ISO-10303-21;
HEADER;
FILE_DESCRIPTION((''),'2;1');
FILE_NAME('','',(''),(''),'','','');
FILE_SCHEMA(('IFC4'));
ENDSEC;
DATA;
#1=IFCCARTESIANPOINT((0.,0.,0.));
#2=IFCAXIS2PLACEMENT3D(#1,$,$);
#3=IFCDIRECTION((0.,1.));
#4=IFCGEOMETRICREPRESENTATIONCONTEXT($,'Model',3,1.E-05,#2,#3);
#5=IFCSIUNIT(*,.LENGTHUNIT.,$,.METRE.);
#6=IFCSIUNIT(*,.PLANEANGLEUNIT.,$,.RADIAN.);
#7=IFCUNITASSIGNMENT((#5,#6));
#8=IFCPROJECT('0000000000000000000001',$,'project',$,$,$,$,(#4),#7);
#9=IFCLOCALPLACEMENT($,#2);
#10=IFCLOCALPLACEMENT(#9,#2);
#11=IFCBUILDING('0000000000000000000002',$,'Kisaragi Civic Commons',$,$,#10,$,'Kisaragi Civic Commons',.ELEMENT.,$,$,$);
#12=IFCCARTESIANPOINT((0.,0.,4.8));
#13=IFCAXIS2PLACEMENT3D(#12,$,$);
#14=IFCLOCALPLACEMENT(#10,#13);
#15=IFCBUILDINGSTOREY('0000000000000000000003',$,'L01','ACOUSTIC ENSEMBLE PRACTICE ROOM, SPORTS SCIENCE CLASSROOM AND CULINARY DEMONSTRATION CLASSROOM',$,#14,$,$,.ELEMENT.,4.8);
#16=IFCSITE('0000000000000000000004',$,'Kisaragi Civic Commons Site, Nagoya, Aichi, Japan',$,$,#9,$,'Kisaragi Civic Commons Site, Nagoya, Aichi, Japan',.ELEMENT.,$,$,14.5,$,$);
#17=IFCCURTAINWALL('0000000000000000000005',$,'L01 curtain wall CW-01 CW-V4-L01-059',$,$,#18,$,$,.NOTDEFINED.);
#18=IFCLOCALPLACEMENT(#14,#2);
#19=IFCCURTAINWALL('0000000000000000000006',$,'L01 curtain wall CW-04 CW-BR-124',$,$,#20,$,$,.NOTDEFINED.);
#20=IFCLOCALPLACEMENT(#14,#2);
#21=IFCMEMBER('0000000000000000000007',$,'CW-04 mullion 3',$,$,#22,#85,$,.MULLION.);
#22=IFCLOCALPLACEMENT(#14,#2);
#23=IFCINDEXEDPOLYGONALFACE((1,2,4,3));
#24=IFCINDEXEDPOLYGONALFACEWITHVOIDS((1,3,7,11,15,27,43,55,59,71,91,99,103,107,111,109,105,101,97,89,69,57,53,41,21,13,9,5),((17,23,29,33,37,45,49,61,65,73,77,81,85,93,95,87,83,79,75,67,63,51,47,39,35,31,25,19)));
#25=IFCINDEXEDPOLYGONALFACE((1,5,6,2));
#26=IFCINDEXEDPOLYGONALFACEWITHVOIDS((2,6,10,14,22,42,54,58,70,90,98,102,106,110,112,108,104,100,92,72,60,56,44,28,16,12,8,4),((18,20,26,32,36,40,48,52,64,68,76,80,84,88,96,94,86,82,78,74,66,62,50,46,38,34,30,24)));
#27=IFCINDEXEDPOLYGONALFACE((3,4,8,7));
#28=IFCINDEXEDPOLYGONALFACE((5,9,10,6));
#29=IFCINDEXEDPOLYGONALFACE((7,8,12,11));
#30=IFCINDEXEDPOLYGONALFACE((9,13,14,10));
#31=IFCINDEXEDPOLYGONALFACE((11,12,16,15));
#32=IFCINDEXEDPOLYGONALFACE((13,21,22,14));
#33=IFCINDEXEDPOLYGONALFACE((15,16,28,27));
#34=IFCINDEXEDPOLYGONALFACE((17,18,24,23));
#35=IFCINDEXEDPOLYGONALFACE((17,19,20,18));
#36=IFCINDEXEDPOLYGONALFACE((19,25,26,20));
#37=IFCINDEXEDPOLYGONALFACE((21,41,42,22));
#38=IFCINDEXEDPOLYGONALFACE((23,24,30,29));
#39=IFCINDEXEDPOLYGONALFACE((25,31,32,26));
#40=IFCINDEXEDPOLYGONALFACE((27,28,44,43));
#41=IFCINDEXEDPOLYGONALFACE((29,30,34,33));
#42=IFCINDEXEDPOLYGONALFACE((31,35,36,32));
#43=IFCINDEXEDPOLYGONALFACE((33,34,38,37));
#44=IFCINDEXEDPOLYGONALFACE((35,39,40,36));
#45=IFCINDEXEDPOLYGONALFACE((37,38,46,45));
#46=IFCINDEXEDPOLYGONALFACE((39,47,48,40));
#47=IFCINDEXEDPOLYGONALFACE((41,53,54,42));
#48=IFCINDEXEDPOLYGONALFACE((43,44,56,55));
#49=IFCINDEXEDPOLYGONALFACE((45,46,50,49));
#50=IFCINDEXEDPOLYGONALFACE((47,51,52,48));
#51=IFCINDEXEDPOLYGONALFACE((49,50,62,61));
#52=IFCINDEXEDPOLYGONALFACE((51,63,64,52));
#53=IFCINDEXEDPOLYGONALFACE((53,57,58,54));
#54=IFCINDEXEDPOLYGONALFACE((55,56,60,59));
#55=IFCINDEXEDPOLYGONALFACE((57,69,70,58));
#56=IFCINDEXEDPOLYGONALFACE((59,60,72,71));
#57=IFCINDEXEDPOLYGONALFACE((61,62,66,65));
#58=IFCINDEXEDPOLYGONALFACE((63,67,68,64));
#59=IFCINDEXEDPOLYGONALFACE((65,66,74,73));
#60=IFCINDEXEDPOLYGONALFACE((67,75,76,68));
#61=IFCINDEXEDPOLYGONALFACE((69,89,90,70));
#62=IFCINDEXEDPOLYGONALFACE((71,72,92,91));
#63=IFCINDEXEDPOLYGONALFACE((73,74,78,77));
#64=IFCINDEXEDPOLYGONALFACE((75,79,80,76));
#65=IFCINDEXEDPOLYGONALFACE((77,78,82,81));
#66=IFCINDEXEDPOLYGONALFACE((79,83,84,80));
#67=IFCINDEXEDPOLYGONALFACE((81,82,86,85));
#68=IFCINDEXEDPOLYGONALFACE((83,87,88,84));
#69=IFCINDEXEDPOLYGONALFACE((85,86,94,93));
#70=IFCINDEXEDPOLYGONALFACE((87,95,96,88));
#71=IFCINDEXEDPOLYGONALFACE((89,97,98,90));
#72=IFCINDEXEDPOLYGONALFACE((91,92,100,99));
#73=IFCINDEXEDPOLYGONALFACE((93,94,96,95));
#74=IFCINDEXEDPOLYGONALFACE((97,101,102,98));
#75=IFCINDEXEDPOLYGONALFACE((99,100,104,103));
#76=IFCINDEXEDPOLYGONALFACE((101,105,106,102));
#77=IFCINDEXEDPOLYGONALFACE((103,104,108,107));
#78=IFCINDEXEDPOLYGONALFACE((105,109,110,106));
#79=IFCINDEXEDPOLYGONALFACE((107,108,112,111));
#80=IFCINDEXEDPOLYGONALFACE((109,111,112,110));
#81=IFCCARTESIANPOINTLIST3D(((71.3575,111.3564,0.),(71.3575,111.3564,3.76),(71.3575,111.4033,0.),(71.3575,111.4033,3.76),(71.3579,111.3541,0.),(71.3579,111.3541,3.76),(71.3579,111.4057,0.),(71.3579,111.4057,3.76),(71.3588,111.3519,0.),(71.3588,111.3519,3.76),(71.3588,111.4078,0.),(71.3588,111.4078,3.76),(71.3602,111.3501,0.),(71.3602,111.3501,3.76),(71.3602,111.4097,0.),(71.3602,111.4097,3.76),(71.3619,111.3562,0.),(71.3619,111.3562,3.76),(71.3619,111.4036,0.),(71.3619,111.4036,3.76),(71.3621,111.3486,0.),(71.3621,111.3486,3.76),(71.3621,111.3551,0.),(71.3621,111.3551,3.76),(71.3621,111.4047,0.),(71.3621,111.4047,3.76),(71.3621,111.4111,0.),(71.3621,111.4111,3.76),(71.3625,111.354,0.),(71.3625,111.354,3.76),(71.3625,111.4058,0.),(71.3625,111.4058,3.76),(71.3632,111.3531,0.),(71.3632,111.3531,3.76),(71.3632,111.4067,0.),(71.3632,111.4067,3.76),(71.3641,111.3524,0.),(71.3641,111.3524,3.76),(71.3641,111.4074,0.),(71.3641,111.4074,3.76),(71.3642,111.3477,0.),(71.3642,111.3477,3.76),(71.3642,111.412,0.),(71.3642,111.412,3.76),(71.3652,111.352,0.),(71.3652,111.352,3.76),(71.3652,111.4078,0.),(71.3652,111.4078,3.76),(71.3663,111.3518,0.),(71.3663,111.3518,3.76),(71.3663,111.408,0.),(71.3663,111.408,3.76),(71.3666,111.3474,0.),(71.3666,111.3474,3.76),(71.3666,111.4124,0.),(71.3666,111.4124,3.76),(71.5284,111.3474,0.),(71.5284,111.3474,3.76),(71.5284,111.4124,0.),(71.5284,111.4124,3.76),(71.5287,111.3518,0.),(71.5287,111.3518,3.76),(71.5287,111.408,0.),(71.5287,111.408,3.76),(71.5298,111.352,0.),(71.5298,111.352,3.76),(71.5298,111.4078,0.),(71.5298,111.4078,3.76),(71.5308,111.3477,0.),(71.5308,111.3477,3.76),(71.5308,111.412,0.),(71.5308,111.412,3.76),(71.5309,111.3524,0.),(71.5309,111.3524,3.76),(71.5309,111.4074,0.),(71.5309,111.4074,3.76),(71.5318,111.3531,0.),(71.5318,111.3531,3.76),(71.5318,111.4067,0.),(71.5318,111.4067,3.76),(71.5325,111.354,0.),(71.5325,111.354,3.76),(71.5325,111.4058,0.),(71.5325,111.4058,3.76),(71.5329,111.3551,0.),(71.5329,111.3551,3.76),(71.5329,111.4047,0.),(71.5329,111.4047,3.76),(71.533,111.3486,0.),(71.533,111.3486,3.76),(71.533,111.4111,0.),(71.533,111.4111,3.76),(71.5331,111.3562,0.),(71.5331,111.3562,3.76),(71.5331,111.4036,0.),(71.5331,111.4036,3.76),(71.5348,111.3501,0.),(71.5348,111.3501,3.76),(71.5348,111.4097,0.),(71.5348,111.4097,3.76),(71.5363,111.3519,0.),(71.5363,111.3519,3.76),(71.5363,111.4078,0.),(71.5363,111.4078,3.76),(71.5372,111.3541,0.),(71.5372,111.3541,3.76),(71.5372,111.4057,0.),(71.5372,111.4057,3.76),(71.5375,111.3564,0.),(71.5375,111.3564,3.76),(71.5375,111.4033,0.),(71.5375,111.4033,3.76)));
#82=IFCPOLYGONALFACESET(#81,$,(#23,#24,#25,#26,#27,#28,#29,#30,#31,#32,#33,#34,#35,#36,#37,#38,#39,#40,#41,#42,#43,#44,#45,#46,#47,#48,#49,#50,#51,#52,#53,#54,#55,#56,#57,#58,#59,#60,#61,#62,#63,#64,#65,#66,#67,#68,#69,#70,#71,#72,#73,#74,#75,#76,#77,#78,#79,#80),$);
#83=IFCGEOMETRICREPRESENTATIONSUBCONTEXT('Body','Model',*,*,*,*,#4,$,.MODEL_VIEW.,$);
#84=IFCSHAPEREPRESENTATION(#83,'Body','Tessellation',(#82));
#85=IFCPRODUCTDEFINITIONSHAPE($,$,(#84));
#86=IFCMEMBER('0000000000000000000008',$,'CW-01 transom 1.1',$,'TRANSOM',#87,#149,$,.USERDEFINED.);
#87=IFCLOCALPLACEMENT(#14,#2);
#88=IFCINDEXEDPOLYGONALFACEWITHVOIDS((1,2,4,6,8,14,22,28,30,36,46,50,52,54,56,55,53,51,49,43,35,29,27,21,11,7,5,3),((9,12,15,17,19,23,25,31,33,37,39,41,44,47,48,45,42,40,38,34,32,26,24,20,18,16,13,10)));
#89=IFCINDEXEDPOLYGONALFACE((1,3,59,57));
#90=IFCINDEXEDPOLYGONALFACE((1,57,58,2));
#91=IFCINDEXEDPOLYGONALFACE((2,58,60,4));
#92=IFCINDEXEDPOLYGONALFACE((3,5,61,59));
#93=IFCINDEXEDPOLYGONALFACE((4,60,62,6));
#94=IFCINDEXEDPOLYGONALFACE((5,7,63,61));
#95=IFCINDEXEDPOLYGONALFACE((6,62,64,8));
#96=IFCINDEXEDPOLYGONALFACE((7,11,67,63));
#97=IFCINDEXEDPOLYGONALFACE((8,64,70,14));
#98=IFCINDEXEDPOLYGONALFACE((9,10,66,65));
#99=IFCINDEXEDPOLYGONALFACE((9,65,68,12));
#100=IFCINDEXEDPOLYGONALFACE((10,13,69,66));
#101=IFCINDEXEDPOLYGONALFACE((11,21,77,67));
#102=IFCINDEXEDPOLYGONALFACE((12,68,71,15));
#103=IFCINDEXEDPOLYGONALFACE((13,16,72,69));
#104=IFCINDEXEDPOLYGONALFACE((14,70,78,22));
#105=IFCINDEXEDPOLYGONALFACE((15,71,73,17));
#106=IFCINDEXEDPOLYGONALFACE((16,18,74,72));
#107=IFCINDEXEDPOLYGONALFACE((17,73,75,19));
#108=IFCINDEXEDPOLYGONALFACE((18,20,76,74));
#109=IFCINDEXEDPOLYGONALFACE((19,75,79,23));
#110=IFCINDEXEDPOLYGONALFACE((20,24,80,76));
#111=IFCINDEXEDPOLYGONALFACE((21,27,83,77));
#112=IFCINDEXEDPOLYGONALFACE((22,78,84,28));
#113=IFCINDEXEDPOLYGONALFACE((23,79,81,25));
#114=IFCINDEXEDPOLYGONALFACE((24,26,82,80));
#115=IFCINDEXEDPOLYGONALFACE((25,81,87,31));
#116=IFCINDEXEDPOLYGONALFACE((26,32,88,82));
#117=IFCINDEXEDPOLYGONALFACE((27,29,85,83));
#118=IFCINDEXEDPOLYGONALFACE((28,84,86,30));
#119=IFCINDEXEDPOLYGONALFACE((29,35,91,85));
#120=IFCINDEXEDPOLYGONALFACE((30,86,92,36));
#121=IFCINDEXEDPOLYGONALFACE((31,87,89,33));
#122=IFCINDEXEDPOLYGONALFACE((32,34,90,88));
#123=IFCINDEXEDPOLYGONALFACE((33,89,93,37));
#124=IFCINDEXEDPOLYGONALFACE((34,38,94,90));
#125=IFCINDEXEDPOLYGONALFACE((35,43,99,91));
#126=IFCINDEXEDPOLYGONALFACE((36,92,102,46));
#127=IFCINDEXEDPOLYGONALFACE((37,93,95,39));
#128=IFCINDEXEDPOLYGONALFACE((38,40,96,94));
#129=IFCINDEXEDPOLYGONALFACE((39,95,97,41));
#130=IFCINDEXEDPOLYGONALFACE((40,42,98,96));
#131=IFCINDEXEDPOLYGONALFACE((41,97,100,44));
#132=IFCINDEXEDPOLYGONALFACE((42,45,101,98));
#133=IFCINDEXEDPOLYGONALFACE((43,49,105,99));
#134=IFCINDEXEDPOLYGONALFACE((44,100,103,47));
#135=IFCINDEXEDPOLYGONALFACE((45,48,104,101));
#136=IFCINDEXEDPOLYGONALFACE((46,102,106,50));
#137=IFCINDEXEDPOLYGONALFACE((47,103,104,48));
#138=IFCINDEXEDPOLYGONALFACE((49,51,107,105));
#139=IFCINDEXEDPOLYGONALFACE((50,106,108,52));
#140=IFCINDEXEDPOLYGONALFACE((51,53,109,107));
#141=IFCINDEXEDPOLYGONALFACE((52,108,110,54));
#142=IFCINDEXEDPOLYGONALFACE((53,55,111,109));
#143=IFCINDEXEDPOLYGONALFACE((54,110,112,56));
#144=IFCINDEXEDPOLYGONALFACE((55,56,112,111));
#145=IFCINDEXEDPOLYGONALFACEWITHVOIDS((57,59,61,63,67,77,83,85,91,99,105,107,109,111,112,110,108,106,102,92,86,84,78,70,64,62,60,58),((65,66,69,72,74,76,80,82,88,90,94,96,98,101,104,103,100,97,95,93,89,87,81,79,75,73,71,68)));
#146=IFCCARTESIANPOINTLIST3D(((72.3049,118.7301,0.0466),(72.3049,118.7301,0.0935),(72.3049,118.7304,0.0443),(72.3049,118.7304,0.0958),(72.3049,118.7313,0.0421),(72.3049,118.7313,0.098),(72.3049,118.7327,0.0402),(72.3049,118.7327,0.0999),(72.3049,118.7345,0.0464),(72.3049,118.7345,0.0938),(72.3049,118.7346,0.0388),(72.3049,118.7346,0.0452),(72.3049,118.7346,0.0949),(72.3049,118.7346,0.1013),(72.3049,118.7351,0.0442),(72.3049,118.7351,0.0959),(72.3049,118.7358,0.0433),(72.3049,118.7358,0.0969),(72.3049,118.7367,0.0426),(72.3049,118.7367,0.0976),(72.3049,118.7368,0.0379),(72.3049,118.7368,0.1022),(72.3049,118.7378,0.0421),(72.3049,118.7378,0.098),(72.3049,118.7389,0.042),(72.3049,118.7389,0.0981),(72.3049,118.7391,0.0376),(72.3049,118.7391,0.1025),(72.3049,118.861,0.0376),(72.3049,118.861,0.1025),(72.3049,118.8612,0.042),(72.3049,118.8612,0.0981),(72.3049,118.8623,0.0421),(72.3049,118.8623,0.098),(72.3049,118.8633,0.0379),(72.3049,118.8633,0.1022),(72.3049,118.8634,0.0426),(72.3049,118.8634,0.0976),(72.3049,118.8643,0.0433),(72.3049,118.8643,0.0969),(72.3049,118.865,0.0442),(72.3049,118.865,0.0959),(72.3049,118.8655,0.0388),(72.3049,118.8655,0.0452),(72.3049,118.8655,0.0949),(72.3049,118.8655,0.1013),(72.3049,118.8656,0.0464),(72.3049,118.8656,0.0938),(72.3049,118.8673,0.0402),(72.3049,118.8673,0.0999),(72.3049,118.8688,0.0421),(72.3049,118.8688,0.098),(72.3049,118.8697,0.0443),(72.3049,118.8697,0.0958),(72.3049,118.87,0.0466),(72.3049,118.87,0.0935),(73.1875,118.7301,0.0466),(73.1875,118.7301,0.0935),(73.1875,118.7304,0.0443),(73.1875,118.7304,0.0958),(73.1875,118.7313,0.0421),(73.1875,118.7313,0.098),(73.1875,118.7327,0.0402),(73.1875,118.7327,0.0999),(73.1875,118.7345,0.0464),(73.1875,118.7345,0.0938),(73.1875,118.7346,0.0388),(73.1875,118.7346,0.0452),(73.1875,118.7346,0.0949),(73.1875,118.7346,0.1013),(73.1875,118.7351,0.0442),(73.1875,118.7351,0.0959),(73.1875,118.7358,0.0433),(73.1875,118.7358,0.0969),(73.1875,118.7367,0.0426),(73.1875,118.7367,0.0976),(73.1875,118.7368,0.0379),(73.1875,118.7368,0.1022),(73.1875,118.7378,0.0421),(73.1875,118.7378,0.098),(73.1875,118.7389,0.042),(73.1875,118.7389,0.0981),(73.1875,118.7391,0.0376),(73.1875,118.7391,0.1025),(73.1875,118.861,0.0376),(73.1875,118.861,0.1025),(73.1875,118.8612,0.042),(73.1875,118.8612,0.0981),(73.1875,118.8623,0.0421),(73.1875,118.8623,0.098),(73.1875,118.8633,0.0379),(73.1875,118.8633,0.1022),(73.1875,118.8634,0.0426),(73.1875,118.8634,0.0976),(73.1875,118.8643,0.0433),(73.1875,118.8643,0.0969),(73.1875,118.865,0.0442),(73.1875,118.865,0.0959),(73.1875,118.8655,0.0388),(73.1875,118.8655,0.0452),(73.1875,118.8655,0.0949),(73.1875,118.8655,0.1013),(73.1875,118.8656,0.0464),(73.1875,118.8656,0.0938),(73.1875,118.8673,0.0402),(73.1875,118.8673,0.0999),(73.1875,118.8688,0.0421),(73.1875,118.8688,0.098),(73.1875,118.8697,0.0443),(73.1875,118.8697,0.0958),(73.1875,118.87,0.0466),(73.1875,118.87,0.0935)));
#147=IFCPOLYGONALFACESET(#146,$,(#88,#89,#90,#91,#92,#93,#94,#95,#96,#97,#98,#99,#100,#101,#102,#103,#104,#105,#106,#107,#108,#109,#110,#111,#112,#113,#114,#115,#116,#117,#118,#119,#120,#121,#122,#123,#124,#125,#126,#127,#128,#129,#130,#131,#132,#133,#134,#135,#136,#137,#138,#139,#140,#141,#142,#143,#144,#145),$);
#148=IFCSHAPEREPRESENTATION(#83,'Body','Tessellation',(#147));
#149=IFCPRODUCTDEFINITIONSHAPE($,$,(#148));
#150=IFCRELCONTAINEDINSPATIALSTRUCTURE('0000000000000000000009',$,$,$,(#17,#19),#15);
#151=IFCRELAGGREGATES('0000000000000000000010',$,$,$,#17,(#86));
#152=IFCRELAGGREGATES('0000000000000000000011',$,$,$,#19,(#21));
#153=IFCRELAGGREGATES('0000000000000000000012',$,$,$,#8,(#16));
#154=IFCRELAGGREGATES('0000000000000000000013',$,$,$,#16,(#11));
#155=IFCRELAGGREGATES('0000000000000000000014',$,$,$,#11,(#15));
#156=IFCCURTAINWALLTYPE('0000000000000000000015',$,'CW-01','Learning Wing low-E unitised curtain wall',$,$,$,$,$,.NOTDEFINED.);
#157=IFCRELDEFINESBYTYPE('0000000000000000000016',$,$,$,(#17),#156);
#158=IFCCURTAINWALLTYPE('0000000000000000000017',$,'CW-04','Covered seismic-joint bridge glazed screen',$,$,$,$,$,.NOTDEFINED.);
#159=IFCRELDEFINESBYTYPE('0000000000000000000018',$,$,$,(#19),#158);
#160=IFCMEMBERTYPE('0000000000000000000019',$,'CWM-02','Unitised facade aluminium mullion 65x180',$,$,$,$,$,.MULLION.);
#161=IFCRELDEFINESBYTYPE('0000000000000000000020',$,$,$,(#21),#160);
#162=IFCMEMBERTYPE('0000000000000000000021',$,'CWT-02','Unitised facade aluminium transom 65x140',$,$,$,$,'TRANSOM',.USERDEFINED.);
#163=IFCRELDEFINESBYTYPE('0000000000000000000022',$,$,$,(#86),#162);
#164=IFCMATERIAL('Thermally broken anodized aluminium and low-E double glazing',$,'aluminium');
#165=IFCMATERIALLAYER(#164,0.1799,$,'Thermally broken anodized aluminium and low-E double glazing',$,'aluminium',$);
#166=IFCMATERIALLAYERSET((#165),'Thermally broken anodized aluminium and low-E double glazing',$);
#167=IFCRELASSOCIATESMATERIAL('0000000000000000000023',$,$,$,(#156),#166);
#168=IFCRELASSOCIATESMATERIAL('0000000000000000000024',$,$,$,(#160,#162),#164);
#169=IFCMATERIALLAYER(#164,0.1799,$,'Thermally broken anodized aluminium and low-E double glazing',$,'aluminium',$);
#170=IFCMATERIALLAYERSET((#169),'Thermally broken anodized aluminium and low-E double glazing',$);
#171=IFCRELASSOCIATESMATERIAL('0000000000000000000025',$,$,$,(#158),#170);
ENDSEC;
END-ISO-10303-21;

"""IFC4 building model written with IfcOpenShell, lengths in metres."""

from ifc_helpers import new_model, si_unit, direction, frame, origin, origin_2d, place, context, subcontext, project, spatial, hollow_rectangle, extrude, material, layer, layer_set, material_profile, profile_set, type_object, element, aggregate, save


model = new_model("IFC4")

# Units and contexts
model_context = context("Model", 3, precision=1e-05, world=origin(), true_north=direction((0.0, 1.0)))
body_context = subcontext(model_context, "Body", "Model", "MODEL_VIEW")
ifc_project = project(units=[si_unit("LENGTHUNIT", "METRE"), si_unit("PLANEANGLEUNIT", "RADIAN")], contexts=[model_context])

# Site, building, storey
site_placement = place(None, origin())
site = spatial("IfcSite", under=ifc_project, at=site_placement, Name="Kisaragi Civic Commons Site, Nagoya, Aichi, Japan", LongName="Kisaragi Civic Commons Site, Nagoya, Aichi, Japan", CompositionType="ELEMENT", RefElevation=14.5)
building_placement = place(site_placement, origin())
building = spatial("IfcBuilding", under=site, at=building_placement, Name="Kisaragi Civic Commons", LongName="Kisaragi Civic Commons", CompositionType="ELEMENT")
storey_placement = place(building_placement, frame((0.0, 0.0, 4.8)))
storey = spatial("IfcBuildingStorey", under=building, at=storey_placement, Name="L01", Description="ACOUSTIC ENSEMBLE PRACTICE ROOM, SPORTS SCIENCE CLASSROOM AND CULINARY DEMONSTRATION CLASSROOM", CompositionType="ELEMENT", Elevation=4.8)

# Curtain wall
ifc_material_1 = material(Name="Thermally broken anodized aluminium and low-E double glazing", Category="aluminium")
ifc_layer_1 = layer(ifc_material_1, 0.1799, Name="Thermally broken anodized aluminium and low-E double glazing", Category="aluminium")
ifc_layer_set_1 = layer_set([ifc_layer_1], Name="Thermally broken anodized aluminium and low-E double glazing")
curtain_wall_type_1 = type_object("IfcCurtainWallType", Name="CW-01", Description="Learning Wing low-E unitised curtain wall", PredefinedType="NOTDEFINED", material=ifc_layer_set_1)
curtain_wall_1_placement = place(storey_placement, origin())
curtain_wall_1 = element("IfcCurtainWall", 1, at=curtain_wall_1_placement, inside=storey, type_object=curtain_wall_type_1, Name="L01 curtain wall CW-01 CW-V4-L01-059", PredefinedType="NOTDEFINED")
ifc_material_profile_1 = material_profile(ifc_material_1, hollow_rectangle(XDim=0.0649, YDim=0.1799, WallThickness=0.0044, InnerFilletRadius=0.0044, OuterFilletRadius=0.009, at=origin_2d()), Name="CWM-65x180x4.5", Category="aluminium")
ifc_profile_set_1 = profile_set([ifc_material_profile_1], Name="Thermally broken anodized aluminium and low-E double glazing")
member_type_1 = type_object("IfcMemberType", Name="CWM-02", Description="Unitised facade aluminium mullion 65x180", PredefinedType="MULLION", material=ifc_profile_set_1)

# Curtain wall, member
ifc_layer_2 = layer(ifc_material_1, 0.1799, Name="Thermally broken anodized aluminium and low-E double glazing", Category="aluminium")
ifc_layer_set_2 = layer_set([ifc_layer_2], Name="Thermally broken anodized aluminium and low-E double glazing")
curtain_wall_type_2 = type_object("IfcCurtainWallType", Name="CW-04", Description="Covered seismic-joint bridge glazed screen", PredefinedType="NOTDEFINED", material=ifc_layer_set_2)
curtain_wall_2_placement = place(storey_placement, origin())
curtain_wall_2 = element("IfcCurtainWall", 2, at=curtain_wall_2_placement, inside=storey, type_object=curtain_wall_type_2, Name="L01 curtain wall CW-04 CW-BR-124", PredefinedType="NOTDEFINED")
member_1_placement = place(storey_placement, frame((71.4475, 111.3799, 0.0), z_axis=(0.0, 0.0, 1.0), x_axis=(0.0, 1.0, 0.0)))
member_1 = element("IfcMember", 3, at=member_1_placement, type_object=member_type_1, Name="CW-04 mullion 3", PredefinedType="MULLION", context=body_context, shape_type="SweptSolid", body=[
    extrude(hollow_rectangle(XDim=0.0649, YDim=0.1799, WallThickness=0.0044, InnerFilletRadius=0.0044, OuterFilletRadius=0.009, at=origin_2d()), origin(), (0.0, 0.0, 1.0), 3.76),
])

# Member
ifc_material_profile_2 = material_profile(ifc_material_1, hollow_rectangle(XDim=0.1399, YDim=0.0649, WallThickness=0.0044, InnerFilletRadius=0.0044, OuterFilletRadius=0.009, at=origin_2d()), Name="CWT-65x140x4.5", Category="aluminium")
ifc_profile_set_2 = profile_set([ifc_material_profile_2], Name="Thermally broken anodized aluminium and low-E double glazing")
member_type_2 = type_object("IfcMemberType", Name="CWT-02", Description="Unitised facade aluminium transom 65x140", ElementType="TRANSOM", PredefinedType="USERDEFINED", material=ifc_profile_set_2)
member_2_placement = place(storey_placement, frame((72.3049, 118.8, 0.0701), z_axis=(1.0, 0.0, 0.0), x_axis=(0.0, 1.0, 0.0)))
member_2 = element("IfcMember", 4, at=member_2_placement, type_object=member_type_2, Name="CW-01 transom 1.1", ObjectType="TRANSOM", PredefinedType="USERDEFINED", context=body_context, shape_type="SweptSolid", body=[
    extrude(hollow_rectangle(XDim=0.1399, YDim=0.0649, WallThickness=0.0044, InnerFilletRadius=0.0044, OuterFilletRadius=0.009, at=origin_2d()), origin(), (0.0, 0.0, 1.0), 0.8826),
])
aggregate(curtain_wall_1, [member_2])

aggregate(curtain_wall_2, [member_1])

save(model, "model.ifc")
